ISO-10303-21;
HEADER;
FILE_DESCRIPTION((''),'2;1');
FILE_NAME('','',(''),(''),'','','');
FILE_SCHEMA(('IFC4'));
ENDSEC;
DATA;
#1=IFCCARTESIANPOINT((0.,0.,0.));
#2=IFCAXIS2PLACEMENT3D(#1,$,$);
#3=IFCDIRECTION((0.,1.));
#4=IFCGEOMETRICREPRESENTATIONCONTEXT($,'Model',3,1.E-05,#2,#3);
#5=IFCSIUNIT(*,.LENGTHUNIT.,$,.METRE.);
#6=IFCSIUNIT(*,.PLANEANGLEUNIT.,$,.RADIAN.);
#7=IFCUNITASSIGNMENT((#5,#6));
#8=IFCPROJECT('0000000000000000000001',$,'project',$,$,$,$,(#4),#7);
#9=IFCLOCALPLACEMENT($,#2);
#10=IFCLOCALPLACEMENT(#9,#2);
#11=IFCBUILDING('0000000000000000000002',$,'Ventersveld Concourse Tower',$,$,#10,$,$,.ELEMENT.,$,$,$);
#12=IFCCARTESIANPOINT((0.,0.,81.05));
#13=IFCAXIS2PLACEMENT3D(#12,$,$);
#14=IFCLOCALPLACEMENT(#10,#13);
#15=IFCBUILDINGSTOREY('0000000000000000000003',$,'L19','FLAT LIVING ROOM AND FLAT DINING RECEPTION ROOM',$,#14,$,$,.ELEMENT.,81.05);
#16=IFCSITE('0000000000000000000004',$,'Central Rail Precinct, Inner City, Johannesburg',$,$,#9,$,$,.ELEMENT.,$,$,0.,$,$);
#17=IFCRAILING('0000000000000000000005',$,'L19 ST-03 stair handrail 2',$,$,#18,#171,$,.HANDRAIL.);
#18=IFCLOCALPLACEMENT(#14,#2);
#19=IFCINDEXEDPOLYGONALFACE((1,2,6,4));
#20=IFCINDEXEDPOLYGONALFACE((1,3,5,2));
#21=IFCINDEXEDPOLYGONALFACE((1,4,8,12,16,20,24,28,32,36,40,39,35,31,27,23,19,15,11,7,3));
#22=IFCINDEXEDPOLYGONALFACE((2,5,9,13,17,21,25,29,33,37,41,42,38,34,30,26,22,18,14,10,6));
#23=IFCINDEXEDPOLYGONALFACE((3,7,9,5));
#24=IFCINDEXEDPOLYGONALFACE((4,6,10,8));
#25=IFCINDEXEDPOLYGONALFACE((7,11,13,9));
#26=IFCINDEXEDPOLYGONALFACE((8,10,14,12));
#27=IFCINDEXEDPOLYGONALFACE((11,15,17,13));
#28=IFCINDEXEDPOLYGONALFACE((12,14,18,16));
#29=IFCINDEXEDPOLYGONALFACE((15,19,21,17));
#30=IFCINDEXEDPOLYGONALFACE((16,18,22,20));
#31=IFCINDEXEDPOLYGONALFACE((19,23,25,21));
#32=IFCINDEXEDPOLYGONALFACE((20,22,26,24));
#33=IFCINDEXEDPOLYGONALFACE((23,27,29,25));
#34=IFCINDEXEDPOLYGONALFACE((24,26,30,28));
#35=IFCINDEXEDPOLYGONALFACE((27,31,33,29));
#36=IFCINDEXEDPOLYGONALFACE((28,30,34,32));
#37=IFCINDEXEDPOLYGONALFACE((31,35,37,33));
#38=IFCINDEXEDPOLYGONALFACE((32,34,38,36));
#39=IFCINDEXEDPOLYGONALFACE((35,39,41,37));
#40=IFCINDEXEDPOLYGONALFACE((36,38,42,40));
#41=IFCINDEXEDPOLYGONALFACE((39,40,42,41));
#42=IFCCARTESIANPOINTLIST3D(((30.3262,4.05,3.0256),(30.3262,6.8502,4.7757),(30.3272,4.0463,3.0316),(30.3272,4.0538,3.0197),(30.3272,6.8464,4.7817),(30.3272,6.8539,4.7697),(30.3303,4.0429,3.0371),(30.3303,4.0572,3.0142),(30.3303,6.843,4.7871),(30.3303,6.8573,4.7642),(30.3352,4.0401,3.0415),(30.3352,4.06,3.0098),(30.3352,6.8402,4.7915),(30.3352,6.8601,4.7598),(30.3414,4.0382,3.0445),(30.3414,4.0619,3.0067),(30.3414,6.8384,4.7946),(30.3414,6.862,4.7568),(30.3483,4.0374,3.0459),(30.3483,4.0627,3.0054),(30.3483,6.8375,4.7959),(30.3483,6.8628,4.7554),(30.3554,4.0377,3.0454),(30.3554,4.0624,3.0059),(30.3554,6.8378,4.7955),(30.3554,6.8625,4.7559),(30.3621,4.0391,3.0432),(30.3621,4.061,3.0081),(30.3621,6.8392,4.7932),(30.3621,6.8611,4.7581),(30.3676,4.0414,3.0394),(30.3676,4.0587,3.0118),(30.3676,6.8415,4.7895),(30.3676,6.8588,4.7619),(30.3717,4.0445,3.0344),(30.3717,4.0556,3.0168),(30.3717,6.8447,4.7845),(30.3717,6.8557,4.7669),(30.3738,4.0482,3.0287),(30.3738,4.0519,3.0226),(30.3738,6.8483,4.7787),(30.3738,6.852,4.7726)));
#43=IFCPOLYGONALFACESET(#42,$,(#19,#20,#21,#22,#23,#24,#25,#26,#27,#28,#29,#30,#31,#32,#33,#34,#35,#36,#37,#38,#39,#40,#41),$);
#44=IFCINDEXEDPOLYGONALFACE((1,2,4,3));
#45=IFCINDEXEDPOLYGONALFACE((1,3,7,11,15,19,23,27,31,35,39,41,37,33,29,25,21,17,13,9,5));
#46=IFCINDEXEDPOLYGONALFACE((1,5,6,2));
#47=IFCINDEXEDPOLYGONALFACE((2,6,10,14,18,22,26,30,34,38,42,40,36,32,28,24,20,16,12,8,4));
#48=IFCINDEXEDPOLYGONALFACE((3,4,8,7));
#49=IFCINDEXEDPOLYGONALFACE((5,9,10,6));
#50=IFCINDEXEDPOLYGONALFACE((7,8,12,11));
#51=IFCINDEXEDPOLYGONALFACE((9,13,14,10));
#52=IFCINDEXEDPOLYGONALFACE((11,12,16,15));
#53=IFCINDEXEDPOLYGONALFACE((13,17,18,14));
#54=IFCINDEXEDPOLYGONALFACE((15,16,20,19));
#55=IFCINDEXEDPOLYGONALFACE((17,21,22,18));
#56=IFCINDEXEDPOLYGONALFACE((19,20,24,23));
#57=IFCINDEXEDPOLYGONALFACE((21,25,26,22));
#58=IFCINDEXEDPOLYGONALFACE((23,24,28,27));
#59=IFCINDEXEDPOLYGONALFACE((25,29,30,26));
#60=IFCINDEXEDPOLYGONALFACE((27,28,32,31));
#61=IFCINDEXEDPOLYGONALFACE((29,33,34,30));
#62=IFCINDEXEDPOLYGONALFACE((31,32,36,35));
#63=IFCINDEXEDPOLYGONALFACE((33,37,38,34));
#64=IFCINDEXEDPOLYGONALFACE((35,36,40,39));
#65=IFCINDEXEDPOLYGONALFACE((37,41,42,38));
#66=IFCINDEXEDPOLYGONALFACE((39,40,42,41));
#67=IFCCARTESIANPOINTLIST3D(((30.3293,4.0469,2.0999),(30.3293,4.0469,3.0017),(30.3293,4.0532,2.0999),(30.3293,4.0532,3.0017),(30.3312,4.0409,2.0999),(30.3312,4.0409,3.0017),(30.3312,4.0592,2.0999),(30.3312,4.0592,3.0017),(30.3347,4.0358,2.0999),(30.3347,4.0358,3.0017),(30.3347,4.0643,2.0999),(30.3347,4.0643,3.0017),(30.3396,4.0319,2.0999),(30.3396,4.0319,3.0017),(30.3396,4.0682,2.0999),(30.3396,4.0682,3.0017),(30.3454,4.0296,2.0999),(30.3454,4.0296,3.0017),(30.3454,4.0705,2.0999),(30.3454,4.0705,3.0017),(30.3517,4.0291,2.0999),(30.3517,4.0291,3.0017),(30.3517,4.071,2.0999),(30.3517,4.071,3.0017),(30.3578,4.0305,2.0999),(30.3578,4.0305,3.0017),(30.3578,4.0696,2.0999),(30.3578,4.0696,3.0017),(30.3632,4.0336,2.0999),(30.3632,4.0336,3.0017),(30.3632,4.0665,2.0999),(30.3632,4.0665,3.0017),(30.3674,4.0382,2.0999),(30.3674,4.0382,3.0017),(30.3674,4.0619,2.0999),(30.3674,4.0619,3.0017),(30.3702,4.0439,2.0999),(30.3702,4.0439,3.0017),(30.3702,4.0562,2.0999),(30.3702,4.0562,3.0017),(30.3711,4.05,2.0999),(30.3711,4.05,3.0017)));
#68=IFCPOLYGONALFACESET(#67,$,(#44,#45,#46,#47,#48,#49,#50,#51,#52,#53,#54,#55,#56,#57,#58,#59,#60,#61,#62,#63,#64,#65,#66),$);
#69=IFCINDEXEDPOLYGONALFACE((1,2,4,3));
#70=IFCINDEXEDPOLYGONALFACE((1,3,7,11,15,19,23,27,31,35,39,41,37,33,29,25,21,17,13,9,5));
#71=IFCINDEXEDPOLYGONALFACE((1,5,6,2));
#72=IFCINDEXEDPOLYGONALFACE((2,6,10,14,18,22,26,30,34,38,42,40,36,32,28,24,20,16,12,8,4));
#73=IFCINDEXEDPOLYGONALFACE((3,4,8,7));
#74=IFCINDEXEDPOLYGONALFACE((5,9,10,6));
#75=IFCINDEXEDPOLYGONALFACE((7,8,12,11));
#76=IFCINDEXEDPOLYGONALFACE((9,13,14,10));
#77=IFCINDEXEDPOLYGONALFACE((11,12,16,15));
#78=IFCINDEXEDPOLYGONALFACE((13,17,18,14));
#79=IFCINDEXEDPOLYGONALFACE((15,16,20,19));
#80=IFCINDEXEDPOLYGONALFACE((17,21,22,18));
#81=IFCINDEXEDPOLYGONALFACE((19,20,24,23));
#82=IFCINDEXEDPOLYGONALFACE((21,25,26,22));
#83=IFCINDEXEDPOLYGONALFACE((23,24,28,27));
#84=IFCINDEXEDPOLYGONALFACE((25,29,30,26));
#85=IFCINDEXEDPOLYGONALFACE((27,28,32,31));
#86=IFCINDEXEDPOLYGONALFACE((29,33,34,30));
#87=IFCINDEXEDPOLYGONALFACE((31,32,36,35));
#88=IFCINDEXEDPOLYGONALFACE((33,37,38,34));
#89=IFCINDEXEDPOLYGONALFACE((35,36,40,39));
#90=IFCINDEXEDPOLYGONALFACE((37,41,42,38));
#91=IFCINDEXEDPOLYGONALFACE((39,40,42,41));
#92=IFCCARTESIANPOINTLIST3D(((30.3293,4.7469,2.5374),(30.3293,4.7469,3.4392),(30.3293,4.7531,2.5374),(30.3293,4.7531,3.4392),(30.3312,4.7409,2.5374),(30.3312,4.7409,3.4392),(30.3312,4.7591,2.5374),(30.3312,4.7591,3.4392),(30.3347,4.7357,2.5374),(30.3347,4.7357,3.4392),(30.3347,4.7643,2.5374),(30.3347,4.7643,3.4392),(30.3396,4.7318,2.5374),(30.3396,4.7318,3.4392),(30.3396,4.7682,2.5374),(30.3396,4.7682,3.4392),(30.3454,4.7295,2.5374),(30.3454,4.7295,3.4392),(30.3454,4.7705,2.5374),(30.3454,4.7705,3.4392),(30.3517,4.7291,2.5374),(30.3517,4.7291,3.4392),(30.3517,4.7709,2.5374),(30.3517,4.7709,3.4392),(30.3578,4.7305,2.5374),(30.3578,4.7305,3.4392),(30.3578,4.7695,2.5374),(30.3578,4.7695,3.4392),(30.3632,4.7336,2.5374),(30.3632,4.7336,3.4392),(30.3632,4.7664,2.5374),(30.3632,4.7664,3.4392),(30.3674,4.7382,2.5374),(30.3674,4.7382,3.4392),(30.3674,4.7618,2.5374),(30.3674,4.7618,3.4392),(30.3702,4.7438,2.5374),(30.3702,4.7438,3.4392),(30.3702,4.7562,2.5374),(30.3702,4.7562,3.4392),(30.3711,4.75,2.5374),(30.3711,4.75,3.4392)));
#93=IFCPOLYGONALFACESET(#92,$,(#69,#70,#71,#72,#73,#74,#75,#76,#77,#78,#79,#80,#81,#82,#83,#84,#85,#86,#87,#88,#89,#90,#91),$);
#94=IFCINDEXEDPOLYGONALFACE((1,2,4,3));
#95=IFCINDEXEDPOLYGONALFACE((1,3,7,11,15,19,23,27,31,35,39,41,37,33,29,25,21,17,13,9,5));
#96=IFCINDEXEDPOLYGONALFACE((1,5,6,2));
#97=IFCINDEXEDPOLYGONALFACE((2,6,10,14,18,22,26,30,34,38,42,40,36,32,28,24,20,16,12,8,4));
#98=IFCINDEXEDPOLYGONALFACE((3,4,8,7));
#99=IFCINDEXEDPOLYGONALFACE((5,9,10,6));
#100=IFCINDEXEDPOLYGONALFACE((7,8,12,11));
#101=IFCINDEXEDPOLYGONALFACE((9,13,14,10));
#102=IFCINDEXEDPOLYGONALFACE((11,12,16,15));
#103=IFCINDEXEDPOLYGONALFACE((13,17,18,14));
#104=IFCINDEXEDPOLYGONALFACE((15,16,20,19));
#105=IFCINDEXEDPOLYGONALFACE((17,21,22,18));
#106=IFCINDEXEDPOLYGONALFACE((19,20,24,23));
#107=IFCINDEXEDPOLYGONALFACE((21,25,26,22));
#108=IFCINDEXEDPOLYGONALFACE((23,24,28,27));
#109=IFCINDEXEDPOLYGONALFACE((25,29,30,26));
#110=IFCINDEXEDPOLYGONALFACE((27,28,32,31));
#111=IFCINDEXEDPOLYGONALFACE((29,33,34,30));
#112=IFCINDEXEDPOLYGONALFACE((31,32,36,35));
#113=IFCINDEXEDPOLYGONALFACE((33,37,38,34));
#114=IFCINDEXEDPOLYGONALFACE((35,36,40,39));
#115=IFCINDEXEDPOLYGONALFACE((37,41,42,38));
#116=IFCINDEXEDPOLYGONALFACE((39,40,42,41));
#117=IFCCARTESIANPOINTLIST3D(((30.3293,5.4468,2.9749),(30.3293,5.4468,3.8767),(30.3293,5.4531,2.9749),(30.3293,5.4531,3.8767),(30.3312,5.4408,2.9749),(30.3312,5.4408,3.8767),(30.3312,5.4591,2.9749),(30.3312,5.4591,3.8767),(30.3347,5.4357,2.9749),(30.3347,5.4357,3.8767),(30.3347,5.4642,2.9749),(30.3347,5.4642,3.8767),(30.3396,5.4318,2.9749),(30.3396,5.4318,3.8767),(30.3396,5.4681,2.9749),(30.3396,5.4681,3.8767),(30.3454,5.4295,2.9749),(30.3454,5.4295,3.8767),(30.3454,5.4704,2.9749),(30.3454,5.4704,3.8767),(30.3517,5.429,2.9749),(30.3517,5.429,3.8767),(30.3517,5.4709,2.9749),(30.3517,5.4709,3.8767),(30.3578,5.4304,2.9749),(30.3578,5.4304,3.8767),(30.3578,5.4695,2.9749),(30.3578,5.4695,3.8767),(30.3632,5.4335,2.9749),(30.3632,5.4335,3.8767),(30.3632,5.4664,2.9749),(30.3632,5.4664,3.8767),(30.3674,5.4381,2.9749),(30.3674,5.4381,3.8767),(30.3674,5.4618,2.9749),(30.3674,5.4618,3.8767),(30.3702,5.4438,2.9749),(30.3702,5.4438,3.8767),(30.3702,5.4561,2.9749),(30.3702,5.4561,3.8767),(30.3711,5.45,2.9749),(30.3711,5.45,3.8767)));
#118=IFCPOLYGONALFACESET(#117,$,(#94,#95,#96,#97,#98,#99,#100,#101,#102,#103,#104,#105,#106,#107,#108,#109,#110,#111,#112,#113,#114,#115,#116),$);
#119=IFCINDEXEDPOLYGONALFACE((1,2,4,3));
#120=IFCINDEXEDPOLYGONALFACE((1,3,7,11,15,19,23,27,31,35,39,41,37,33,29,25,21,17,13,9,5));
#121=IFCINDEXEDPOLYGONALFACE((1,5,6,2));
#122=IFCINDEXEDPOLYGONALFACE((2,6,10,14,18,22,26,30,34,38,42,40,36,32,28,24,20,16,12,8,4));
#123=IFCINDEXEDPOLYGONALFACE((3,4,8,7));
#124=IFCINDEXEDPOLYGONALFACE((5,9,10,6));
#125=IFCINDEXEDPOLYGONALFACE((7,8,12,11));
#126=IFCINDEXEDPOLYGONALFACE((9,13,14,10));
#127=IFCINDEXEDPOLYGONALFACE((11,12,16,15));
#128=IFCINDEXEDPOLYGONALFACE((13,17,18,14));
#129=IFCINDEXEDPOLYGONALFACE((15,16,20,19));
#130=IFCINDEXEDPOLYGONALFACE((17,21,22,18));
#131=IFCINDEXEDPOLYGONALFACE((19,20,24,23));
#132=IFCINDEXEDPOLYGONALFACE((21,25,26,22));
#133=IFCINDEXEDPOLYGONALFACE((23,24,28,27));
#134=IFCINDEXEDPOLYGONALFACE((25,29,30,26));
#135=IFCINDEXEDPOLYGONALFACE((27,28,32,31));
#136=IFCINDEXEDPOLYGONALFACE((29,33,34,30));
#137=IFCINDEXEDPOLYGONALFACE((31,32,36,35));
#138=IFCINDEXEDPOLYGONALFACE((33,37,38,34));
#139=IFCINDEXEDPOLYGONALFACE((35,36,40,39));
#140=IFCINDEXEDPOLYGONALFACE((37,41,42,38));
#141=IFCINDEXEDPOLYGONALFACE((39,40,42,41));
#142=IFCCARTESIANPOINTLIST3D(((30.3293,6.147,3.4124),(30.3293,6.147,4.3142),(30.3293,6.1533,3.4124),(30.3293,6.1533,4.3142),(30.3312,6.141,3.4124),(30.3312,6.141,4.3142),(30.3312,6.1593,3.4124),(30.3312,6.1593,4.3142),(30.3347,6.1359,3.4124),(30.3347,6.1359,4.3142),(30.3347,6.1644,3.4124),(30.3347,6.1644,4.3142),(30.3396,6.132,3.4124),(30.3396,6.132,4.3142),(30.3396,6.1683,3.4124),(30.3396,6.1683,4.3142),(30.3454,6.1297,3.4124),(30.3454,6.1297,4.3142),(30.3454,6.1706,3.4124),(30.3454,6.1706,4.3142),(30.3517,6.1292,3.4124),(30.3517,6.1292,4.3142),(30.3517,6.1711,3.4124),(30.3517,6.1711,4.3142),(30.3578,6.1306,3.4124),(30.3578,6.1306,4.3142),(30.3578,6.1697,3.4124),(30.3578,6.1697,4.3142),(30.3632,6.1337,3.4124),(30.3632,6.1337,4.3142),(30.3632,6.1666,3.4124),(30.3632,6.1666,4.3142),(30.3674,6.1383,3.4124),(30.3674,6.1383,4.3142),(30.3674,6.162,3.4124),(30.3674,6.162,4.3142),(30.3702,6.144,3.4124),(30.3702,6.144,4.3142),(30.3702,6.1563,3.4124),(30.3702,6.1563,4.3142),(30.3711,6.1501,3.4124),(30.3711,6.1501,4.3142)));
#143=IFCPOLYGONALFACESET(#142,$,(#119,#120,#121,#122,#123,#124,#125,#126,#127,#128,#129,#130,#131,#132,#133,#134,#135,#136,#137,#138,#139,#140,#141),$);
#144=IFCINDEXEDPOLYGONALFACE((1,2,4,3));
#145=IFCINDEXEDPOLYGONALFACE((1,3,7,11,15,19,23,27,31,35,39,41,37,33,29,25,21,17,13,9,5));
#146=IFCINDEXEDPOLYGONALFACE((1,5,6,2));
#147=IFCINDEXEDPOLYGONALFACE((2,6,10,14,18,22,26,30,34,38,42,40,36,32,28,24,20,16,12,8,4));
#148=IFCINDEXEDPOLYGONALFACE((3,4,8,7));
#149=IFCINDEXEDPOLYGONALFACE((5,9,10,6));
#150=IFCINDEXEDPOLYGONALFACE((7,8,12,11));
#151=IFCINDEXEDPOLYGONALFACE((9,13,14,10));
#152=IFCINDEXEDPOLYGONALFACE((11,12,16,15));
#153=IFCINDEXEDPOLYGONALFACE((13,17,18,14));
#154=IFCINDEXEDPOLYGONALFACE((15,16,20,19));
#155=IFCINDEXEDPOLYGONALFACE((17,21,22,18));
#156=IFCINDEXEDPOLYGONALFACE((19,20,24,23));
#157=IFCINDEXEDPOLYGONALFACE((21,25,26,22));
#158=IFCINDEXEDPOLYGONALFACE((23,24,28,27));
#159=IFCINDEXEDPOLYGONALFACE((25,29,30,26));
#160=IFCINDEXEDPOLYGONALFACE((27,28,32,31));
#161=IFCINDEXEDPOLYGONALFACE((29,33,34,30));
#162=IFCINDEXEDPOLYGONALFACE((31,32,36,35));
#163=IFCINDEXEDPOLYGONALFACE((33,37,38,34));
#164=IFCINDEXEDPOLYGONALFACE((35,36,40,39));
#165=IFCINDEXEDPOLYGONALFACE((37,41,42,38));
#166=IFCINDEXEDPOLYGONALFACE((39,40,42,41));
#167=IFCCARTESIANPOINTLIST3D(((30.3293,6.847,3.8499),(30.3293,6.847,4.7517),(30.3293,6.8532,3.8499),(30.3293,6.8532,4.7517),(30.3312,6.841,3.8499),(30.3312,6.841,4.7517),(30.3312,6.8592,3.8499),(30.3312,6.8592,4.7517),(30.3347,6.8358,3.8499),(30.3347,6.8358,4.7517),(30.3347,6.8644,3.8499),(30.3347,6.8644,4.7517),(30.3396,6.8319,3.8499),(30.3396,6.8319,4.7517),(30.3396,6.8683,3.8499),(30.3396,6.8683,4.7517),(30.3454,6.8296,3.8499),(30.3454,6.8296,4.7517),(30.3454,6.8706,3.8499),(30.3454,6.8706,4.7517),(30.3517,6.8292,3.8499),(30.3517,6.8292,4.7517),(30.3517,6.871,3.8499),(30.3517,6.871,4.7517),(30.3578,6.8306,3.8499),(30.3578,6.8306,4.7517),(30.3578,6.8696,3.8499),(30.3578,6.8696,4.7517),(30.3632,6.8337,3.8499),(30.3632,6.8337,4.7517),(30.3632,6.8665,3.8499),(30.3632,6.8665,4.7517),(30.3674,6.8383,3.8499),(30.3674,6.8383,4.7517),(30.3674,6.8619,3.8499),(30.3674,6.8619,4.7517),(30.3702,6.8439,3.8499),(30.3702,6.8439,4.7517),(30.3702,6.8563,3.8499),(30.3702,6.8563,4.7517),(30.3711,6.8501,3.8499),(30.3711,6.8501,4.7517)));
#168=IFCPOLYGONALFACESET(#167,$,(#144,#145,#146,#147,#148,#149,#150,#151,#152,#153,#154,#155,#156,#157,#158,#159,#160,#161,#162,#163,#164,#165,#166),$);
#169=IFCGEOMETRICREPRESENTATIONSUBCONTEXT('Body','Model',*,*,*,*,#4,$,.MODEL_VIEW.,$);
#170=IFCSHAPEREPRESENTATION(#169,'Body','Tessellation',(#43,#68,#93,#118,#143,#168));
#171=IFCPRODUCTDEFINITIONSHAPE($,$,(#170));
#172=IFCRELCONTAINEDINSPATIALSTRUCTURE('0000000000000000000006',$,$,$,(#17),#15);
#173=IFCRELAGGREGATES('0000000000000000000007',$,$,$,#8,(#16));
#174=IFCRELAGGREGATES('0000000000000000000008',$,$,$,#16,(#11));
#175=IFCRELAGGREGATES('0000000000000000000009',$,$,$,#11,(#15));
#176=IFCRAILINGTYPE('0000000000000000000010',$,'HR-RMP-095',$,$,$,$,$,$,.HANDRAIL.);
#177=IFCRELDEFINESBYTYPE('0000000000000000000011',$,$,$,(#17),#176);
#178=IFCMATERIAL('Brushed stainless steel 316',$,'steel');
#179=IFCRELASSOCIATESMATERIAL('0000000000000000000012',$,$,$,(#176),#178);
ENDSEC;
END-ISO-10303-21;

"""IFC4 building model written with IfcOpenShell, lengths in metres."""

from ifc_helpers import new_model, si_unit, direction, frame, origin, origin_2d, place, context, subcontext, project, spatial, circle, extrude, material, type_object, element, save


model = new_model("IFC4")

# Units and contexts
model_context = context("Model", 3, precision=1e-05, world=origin(), true_north=direction((0.0, 1.0)))
body_context = subcontext(model_context, "Body", "Model", "MODEL_VIEW")
ifc_project = project(units=[si_unit("LENGTHUNIT", "METRE"), si_unit("PLANEANGLEUNIT", "RADIAN")], contexts=[model_context])

# Site, building, storey
site_placement = place(None, origin())
site = spatial("IfcSite", under=ifc_project, at=site_placement, Name="Central Rail Precinct, Inner City, Johannesburg", CompositionType="ELEMENT", RefElevation=0.0)
building_placement = place(site_placement, origin())
building = spatial("IfcBuilding", under=site, at=building_placement, Name="Ventersveld Concourse Tower", CompositionType="ELEMENT")
storey_placement = place(building_placement, frame((0.0, 0.0, 81.05)))
storey = spatial("IfcBuildingStorey", under=building, at=storey_placement, Name="L19", Description="FLAT LIVING ROOM AND FLAT DINING RECEPTION ROOM", CompositionType="ELEMENT", Elevation=81.05)

# Railing
ifc_material_1 = material(Name="Brushed stainless steel 316", Category="steel")
railing_type_1 = type_object("IfcRailingType", Name="HR-RMP-095", PredefinedType="HANDRAIL", material=ifc_material_1)
railing_1_placement = place(storey_placement, frame((30.3501, 4.05, 2.0999)))
element("IfcRailing", 1, at=railing_1_placement, inside=storey, type_object=railing_type_1, Name="L19 ST-03 stair handrail 2", PredefinedType="HANDRAIL", context=body_context, shape_type="SweptSolid", body=[
    extrude(circle(Radius=0.0239, at=origin_2d()), frame((0.0, 0.0, 0.9258), z_axis=(0.0, 0.848002, 0.529992), x_axis=(-1.0, 0.0, 0.0)), (0.0, 0.0, 1.0), 3.302),
    extrude(circle(Radius=0.021, at=origin_2d()), origin(), (0.0, 0.0, 1.0), 0.9019),
    extrude(circle(Radius=0.021, at=origin_2d()), frame((0.0, 0.7, 0.4375)), (0.0, 0.0, 1.0), 0.9019),
    extrude(circle(Radius=0.021, at=origin_2d()), frame((0.0, 1.3999, 0.875)), (0.0, 0.0, 1.0), 0.9019),
    extrude(circle(Radius=0.021, at=origin_2d()), frame((0.0, 2.1001, 1.3125)), (0.0, 0.0, 1.0), 0.9019),
    extrude(circle(Radius=0.021, at=origin_2d()), frame((0.0, 2.8, 1.75)), (0.0, 0.0, 1.0), 0.9019),
])

save(model, "model.ifc")
